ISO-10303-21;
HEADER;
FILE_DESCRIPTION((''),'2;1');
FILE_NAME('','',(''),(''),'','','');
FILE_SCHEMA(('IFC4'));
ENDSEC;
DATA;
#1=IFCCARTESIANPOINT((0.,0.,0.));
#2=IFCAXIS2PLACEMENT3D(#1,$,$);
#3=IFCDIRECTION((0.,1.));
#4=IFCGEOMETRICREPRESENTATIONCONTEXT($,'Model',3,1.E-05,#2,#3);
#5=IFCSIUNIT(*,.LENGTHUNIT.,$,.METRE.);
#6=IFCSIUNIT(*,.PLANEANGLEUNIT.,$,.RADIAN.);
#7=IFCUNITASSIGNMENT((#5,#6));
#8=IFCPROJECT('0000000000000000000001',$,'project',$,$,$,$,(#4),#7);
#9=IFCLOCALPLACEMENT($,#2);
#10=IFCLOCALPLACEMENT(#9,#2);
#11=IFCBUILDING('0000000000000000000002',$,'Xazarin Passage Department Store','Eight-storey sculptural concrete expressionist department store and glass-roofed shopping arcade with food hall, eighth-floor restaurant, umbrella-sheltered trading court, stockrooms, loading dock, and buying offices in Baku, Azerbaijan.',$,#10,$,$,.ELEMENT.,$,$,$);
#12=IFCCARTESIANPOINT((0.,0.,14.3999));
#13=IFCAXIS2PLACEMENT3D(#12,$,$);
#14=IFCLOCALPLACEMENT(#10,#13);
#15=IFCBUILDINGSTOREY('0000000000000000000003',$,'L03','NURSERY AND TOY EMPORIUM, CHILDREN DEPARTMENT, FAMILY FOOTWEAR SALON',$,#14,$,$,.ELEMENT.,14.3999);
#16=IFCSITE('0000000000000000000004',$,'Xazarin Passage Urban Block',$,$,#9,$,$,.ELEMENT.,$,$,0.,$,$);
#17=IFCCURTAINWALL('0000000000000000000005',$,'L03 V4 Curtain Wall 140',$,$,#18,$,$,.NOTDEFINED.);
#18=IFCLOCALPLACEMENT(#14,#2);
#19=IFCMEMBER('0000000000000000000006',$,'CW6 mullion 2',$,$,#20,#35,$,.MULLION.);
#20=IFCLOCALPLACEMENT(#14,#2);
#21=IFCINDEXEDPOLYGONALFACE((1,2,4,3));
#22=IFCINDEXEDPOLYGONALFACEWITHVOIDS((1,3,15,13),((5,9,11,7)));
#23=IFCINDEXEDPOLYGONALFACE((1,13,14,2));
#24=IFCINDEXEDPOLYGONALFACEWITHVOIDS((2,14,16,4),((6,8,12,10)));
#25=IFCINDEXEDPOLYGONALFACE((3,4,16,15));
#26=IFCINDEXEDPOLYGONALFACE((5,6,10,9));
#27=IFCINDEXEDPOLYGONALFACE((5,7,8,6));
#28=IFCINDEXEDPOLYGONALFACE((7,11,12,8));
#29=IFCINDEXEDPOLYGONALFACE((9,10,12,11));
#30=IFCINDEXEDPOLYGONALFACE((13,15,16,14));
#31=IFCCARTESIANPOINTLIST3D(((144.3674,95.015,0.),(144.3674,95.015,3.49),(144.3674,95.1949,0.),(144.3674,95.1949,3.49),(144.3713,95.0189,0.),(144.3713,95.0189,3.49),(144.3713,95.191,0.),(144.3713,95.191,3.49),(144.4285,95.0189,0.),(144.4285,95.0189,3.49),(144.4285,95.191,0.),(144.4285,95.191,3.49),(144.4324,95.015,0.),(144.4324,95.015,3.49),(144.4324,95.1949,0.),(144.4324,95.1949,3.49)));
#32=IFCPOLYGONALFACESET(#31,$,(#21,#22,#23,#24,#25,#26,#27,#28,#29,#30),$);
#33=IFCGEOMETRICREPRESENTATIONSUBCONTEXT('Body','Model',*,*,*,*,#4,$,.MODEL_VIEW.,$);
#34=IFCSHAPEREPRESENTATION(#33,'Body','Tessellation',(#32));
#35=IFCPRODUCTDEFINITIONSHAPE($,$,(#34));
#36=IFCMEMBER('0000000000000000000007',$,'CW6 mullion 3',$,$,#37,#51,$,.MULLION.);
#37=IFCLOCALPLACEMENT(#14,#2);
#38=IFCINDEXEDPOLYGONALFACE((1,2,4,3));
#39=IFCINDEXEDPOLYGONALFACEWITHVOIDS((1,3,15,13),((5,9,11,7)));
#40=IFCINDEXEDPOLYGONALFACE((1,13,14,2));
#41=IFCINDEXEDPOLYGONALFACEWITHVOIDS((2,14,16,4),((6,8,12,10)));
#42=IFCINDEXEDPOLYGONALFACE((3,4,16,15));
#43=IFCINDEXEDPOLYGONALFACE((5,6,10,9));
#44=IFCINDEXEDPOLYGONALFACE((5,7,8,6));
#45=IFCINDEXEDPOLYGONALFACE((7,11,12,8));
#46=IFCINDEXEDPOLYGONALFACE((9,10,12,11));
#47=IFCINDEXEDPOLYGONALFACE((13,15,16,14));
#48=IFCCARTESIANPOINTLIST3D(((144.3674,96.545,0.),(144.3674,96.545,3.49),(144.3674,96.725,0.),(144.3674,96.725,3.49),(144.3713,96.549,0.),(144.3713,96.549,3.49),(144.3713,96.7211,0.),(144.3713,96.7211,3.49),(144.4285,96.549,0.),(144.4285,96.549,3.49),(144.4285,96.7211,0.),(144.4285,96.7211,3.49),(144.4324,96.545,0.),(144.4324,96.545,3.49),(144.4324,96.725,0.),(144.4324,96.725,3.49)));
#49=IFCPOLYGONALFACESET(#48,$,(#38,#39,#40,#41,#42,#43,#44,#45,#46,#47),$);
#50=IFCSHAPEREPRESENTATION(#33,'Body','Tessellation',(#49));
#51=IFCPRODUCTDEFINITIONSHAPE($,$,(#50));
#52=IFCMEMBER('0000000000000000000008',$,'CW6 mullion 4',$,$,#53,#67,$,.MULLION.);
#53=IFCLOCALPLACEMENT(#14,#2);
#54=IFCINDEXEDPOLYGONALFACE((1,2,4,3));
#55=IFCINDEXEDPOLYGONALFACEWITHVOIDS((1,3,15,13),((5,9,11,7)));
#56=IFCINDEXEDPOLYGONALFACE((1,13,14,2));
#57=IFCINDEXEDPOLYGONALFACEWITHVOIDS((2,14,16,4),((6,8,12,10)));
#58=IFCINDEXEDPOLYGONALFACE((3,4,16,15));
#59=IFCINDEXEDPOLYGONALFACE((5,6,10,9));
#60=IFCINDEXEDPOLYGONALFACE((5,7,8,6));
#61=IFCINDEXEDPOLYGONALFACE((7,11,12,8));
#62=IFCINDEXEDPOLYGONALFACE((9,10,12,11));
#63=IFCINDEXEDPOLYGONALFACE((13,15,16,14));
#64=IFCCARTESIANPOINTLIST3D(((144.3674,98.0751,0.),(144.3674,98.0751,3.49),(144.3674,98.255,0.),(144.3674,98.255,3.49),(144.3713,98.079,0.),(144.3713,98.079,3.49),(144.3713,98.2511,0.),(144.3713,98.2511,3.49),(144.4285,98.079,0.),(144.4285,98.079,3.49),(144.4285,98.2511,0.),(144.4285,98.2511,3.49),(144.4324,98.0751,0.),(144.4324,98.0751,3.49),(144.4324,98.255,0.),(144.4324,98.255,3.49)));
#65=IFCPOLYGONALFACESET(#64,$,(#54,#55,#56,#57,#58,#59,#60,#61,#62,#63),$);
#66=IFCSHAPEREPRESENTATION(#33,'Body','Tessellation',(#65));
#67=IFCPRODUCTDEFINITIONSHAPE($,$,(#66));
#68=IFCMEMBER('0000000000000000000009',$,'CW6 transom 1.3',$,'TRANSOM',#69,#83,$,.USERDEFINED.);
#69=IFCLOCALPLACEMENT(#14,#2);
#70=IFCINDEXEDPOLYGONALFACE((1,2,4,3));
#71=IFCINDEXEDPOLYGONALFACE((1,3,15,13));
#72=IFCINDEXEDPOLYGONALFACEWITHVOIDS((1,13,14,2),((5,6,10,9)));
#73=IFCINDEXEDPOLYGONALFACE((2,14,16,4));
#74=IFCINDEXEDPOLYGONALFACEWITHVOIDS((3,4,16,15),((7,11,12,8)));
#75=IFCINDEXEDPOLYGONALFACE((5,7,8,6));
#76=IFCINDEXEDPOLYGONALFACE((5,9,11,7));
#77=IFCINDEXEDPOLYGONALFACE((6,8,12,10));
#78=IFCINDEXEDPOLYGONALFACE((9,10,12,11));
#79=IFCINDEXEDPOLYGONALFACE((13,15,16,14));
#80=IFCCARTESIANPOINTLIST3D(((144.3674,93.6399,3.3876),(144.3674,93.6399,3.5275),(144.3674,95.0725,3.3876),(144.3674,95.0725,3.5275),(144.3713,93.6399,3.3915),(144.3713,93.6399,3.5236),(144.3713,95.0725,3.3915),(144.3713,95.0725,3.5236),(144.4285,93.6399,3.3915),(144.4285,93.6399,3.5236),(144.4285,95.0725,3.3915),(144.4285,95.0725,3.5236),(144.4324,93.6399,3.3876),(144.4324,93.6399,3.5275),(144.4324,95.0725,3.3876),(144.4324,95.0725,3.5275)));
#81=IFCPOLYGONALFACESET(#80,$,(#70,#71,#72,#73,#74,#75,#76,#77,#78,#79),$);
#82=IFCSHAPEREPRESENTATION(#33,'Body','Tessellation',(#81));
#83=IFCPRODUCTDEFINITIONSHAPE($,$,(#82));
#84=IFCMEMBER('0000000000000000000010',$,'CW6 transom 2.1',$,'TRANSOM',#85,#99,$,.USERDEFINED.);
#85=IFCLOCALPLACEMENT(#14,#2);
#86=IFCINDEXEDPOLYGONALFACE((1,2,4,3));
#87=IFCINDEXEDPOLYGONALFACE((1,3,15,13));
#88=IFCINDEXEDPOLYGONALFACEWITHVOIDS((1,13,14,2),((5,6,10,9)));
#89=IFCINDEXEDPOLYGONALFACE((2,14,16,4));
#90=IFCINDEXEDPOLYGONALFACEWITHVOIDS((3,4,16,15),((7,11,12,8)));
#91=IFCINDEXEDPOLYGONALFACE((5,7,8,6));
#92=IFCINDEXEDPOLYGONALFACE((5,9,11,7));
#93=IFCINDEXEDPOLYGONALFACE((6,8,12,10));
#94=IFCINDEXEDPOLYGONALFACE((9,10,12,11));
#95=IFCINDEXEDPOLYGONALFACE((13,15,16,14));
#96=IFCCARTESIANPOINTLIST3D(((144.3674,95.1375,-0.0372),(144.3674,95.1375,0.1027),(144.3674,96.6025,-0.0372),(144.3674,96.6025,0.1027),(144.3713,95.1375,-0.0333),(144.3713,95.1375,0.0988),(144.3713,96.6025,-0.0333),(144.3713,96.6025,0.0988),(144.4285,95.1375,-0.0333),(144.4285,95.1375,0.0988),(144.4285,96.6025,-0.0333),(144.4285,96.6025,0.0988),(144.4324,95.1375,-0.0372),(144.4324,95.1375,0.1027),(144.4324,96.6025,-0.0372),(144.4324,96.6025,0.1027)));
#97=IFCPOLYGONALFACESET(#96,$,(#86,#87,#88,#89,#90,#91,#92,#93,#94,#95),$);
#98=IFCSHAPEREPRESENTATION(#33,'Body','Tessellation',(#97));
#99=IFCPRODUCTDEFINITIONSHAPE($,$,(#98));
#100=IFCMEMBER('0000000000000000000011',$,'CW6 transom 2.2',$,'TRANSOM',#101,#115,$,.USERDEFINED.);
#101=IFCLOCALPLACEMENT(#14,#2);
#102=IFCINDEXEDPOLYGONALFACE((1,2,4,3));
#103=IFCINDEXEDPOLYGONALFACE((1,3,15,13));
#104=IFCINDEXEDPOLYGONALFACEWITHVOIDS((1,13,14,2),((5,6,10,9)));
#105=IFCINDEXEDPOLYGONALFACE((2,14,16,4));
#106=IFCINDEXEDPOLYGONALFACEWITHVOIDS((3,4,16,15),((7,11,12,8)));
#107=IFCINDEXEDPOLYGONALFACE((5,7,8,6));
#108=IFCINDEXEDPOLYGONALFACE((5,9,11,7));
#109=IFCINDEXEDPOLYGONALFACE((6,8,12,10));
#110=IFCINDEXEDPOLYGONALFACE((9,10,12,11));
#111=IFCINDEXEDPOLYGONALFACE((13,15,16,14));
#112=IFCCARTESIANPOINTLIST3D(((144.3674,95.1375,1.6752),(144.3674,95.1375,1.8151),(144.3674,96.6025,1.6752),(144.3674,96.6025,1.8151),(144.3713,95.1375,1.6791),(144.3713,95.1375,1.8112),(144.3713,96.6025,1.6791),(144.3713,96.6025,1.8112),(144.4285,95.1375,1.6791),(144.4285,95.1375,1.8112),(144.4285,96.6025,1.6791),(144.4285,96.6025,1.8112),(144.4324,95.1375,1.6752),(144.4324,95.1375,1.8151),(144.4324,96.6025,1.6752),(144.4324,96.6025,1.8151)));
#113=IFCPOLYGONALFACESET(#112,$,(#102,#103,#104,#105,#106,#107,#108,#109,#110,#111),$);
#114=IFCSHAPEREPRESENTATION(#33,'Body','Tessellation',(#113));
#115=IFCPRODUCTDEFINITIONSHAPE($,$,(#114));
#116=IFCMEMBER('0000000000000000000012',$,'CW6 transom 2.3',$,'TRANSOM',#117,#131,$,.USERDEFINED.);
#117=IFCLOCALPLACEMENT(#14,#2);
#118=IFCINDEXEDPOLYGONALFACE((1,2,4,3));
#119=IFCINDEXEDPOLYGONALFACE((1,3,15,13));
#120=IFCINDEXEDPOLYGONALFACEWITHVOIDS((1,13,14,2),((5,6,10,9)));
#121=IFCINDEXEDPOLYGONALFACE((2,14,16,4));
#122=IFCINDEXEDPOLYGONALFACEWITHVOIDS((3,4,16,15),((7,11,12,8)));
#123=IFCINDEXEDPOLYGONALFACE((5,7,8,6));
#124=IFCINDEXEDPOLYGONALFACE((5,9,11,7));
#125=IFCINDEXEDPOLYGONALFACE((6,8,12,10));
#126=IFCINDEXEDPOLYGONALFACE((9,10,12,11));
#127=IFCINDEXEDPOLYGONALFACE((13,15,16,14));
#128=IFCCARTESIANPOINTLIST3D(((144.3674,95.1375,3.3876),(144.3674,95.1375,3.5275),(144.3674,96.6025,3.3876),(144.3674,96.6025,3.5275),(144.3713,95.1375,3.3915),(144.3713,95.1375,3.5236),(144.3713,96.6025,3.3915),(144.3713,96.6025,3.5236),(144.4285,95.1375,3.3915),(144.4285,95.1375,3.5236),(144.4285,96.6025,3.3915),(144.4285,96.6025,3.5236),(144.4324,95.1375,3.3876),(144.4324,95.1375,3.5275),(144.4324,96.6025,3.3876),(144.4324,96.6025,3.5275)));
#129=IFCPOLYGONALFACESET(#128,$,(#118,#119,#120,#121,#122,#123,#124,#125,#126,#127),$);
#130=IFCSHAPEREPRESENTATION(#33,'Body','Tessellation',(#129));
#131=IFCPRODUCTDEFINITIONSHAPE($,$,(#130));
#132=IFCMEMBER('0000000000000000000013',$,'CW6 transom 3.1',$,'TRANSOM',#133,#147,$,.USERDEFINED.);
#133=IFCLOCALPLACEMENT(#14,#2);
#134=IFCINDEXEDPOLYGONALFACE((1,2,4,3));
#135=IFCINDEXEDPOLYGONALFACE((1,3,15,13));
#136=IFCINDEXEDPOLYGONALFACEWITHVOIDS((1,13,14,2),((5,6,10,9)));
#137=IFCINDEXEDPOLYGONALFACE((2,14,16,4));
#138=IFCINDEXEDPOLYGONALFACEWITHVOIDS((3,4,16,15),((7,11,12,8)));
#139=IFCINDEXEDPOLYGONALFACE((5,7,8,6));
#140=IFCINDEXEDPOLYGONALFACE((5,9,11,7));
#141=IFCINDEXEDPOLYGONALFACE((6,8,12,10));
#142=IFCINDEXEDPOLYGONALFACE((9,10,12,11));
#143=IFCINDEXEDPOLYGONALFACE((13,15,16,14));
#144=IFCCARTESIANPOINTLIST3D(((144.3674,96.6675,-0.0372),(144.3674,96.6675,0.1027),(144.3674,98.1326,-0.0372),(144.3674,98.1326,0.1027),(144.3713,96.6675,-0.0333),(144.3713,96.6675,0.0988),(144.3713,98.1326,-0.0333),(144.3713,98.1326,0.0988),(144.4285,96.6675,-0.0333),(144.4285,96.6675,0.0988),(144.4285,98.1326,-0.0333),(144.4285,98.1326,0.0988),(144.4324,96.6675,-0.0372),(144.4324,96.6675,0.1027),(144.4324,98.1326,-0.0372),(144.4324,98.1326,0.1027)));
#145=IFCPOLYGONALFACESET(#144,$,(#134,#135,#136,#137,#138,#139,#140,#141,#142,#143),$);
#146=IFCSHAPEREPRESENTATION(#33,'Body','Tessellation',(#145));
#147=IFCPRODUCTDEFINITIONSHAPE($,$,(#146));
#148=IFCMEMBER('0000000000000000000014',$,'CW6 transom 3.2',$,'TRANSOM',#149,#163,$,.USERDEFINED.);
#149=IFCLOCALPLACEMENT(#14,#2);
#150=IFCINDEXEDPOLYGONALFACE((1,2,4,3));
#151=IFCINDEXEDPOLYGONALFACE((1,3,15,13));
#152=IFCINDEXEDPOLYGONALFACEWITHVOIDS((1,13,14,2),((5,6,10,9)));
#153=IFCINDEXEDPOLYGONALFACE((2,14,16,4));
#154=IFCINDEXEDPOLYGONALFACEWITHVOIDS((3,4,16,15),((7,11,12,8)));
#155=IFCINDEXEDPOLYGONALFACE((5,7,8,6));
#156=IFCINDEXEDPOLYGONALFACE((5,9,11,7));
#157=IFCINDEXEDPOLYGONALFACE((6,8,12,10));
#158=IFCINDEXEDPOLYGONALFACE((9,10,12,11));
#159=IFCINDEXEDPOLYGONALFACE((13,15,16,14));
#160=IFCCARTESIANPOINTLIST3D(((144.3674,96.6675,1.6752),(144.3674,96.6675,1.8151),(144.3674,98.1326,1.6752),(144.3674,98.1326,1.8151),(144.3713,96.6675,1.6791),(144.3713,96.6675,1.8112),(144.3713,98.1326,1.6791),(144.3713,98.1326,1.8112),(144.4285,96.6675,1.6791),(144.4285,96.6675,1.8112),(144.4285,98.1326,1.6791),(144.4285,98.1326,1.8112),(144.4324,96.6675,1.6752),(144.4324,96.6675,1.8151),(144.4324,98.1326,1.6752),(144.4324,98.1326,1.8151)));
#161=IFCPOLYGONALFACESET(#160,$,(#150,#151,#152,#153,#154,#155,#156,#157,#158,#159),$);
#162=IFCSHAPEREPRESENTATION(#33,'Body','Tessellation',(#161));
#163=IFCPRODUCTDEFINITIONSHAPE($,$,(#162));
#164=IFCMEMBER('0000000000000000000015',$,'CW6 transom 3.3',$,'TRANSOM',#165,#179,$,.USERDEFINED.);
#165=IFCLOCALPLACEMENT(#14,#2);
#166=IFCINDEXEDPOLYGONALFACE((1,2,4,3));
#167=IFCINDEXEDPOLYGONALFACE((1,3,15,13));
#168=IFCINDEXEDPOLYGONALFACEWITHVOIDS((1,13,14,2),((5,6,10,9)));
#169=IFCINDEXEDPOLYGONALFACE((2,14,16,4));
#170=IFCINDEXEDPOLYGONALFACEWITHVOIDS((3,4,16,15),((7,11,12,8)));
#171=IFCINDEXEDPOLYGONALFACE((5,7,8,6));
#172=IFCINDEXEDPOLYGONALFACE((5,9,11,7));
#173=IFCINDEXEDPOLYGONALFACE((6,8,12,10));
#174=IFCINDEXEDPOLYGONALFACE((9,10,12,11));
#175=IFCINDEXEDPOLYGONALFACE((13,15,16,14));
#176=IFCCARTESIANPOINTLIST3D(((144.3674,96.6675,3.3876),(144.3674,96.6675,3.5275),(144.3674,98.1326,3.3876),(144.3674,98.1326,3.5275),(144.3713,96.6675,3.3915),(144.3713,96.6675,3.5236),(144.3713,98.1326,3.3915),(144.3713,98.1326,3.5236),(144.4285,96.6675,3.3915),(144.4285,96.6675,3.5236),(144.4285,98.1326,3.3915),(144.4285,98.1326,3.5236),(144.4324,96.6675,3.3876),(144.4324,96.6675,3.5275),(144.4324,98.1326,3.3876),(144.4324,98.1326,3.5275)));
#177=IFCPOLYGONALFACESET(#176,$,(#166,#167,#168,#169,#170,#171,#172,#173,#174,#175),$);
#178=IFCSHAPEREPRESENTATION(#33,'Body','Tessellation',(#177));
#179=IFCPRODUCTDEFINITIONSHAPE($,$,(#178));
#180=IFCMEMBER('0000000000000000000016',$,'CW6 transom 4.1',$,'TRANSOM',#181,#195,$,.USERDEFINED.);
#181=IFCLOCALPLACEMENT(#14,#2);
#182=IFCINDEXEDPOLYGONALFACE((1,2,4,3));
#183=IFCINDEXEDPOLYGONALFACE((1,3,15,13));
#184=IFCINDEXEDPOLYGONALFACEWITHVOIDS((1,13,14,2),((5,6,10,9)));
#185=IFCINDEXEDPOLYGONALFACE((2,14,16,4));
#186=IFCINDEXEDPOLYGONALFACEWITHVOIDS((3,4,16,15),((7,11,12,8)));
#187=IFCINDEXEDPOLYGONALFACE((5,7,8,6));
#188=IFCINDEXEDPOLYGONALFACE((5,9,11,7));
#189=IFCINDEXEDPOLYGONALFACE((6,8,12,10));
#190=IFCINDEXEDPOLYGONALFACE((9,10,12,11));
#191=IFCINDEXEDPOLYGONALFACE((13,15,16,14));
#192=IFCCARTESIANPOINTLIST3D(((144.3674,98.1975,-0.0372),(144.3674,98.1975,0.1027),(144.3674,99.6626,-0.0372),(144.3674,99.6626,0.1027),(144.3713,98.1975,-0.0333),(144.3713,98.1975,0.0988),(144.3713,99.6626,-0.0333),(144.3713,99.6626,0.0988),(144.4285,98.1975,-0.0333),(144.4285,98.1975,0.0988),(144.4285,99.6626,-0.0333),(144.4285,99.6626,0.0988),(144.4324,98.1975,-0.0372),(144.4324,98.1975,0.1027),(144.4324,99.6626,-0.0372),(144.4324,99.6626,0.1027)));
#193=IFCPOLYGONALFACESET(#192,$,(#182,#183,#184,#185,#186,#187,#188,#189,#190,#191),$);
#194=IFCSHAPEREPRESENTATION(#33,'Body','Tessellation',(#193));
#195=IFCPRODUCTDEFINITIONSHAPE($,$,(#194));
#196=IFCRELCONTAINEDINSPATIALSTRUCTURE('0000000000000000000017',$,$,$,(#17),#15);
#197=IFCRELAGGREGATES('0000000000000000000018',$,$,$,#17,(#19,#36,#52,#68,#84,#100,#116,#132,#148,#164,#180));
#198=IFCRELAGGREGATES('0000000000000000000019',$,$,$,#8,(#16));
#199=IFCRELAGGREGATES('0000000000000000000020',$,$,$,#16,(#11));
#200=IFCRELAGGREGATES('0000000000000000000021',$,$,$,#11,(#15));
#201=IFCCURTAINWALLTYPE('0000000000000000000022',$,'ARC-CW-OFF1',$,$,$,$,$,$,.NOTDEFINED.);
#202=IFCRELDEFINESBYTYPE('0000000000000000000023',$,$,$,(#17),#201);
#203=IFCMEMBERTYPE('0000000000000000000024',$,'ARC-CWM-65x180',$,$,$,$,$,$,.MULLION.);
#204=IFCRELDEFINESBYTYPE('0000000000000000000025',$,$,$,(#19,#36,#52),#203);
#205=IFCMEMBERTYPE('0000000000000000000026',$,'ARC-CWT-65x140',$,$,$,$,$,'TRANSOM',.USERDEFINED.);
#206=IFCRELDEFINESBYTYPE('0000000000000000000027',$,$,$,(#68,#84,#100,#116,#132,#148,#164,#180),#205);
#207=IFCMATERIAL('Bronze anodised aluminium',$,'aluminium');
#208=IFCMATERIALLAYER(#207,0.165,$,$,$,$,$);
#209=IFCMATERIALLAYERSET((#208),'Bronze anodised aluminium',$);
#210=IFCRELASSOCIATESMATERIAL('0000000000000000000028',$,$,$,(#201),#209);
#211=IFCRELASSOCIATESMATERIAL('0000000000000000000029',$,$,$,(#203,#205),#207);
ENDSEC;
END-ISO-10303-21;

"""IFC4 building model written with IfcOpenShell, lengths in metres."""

from ifc_helpers import new_model, si_unit, direction, frame, origin, origin_2d, place, context, subcontext, project, spatial, hollow_rectangle, extrude, material, layer, layer_set, material_profile, profile_set, type_object, element, aggregate, save


model = new_model("IFC4")

# Units and contexts
model_context = context("Model", 3, precision=1e-05, world=origin(), true_north=direction((0.0, 1.0)))
body_context = subcontext(model_context, "Body", "Model", "MODEL_VIEW")
ifc_project = project(units=[si_unit("LENGTHUNIT", "METRE"), si_unit("PLANEANGLEUNIT", "RADIAN")], contexts=[model_context])

# Site, building, storey
site_placement = place(None, origin())
site = spatial("IfcSite", under=ifc_project, at=site_placement, Name="Xazarin Passage Urban Block", CompositionType="ELEMENT", RefElevation=0.0)
building_placement = place(site_placement, origin())
building = spatial("IfcBuilding", under=site, at=building_placement, Name="Xazarin Passage Department Store", Description="Eight-storey sculptural concrete expressionist department store and glass-roofed shopping arcade with food hall, eighth-floor restaurant, umbrella-sheltered trading court, stockrooms, loading dock, and buying offices in Baku, Azerbaijan.", CompositionType="ELEMENT")
storey_placement = place(building_placement, frame((0.0, 0.0, 14.3999)))
storey = spatial("IfcBuildingStorey", under=building, at=storey_placement, Name="L03", Description="NURSERY AND TOY EMPORIUM, CHILDREN DEPARTMENT, FAMILY FOOTWEAR SALON", CompositionType="ELEMENT", Elevation=14.3999)

# Curtain wall, members
ifc_material_1 = material(Name="Bronze anodised aluminium", Category="aluminium")
ifc_layer_1 = layer(ifc_material_1, 0.165)
ifc_layer_set_1 = layer_set([ifc_layer_1], Name="Bronze anodised aluminium")
curtain_wall_type = type_object("IfcCurtainWallType", Name="ARC-CW-OFF1", PredefinedType="NOTDEFINED", material=ifc_layer_set_1)
curtain_wall_placement = place(storey_placement, origin())
curtain_wall = element("IfcCurtainWall", 1, at=curtain_wall_placement, inside=storey, type_object=curtain_wall_type, Name="L03 V4 Curtain Wall 140", PredefinedType="NOTDEFINED")
ifc_material_profile_1 = material_profile(ifc_material_1, hollow_rectangle(XDim=0.0649, YDim=0.1799, WallThickness=0.0039, at=origin_2d()), Name="ALU 65x180")
ifc_profile_set_1 = profile_set([ifc_material_profile_1], Name="Bronze anodised aluminium")
member_type_1 = type_object("IfcMemberType", Name="ARC-CWM-65x180", PredefinedType="MULLION", material=ifc_profile_set_1)
member_1_placement = place(storey_placement, frame((144.3999, 95.105, 0.0), z_axis=(0.0, 0.0, 1.0), x_axis=(-1.0, 0.0, 0.0)))
member_1 = element("IfcMember", 2, at=member_1_placement, type_object=member_type_1, Name="CW6 mullion 2", PredefinedType="MULLION", context=body_context, shape_type="SweptSolid", body=[
    extrude(hollow_rectangle(XDim=0.0649, YDim=0.1799, WallThickness=0.0039, at=origin_2d()), origin(), (0.0, 0.0, 1.0), 3.49),
])
member_2_placement = place(storey_placement, frame((144.3999, 96.635, 0.0), z_axis=(0.0, 0.0, 1.0), x_axis=(-1.0, 0.0, 0.0)))
member_2 = element("IfcMember", 3, at=member_2_placement, type_object=member_type_1, Name="CW6 mullion 3", PredefinedType="MULLION", context=body_context, shape_type="SweptSolid", body=[
    extrude(hollow_rectangle(XDim=0.0649, YDim=0.1799, WallThickness=0.0039, at=origin_2d()), origin(), (0.0, 0.0, 1.0), 3.49),
])
member_3_placement = place(storey_placement, frame((144.3999, 98.165, 0.0), z_axis=(0.0, 0.0, 1.0), x_axis=(-1.0, 0.0, 0.0)))
member_3 = element("IfcMember", 4, at=member_3_placement, type_object=member_type_1, Name="CW6 mullion 4", PredefinedType="MULLION", context=body_context, shape_type="SweptSolid", body=[
    extrude(hollow_rectangle(XDim=0.0649, YDim=0.1799, WallThickness=0.0039, at=origin_2d()), origin(), (0.0, 0.0, 1.0), 3.49),
])
ifc_material_profile_2 = material_profile(ifc_material_1, hollow_rectangle(XDim=0.0649, YDim=0.1399, WallThickness=0.0039, at=origin_2d()), Name="ALU 65x140")
ifc_profile_set_2 = profile_set([ifc_material_profile_2], Name="Bronze anodised aluminium")
member_type_2 = type_object("IfcMemberType", Name="ARC-CWT-65x140", ElementType="TRANSOM", PredefinedType="USERDEFINED", material=ifc_profile_set_2)
member_4_placement = place(storey_placement, frame((144.3999, 93.6399, 3.4575), z_axis=(0.0, 1.0, 0.0), x_axis=(-1.0, 0.0, 0.0)))
member_4 = element("IfcMember", 5, at=member_4_placement, type_object=member_type_2, Name="CW6 transom 1.3", ObjectType="TRANSOM", PredefinedType="USERDEFINED", context=body_context, shape_type="SweptSolid", body=[
    extrude(hollow_rectangle(XDim=0.0649, YDim=0.1399, WallThickness=0.0039, at=origin_2d()), origin(), (0.0, 0.0, 1.0), 1.4326),
])
member_5_placement = place(storey_placement, frame((144.3999, 95.1375, 0.0327), z_axis=(0.0, 1.0, 0.0), x_axis=(-1.0, 0.0, 0.0)))
member_5 = element("IfcMember", 6, at=member_5_placement, type_object=member_type_2, Name="CW6 transom 2.1", ObjectType="TRANSOM", PredefinedType="USERDEFINED", context=body_context, shape_type="SweptSolid", body=[
    extrude(hollow_rectangle(XDim=0.0649, YDim=0.1399, WallThickness=0.0039, at=origin_2d()), origin(), (0.0, 0.0, 1.0), 1.4651),
])
member_6_placement = place(storey_placement, frame((144.3999, 95.1375, 1.7451), z_axis=(0.0, 1.0, 0.0), x_axis=(-1.0, 0.0, 0.0)))
member_6 = element("IfcMember", 7, at=member_6_placement, type_object=member_type_2, Name="CW6 transom 2.2", ObjectType="TRANSOM", PredefinedType="USERDEFINED", context=body_context, shape_type="SweptSolid", body=[
    extrude(hollow_rectangle(XDim=0.0649, YDim=0.1399, WallThickness=0.0039, at=origin_2d()), origin(), (0.0, 0.0, 1.0), 1.4651),
])
member_7_placement = place(storey_placement, frame((144.3999, 95.1375, 3.4575), z_axis=(0.0, 1.0, 0.0), x_axis=(-1.0, 0.0, 0.0)))
member_7 = element("IfcMember", 8, at=member_7_placement, type_object=member_type_2, Name="CW6 transom 2.3", ObjectType="TRANSOM", PredefinedType="USERDEFINED", context=body_context, shape_type="SweptSolid", body=[
    extrude(hollow_rectangle(XDim=0.0649, YDim=0.1399, WallThickness=0.0039, at=origin_2d()), origin(), (0.0, 0.0, 1.0), 1.4651),
])
member_8_placement = place(storey_placement, frame((144.3999, 96.6675, 0.0327), z_axis=(0.0, 1.0, 0.0), x_axis=(-1.0, 0.0, 0.0)))
member_8 = element("IfcMember", 9, at=member_8_placement, type_object=member_type_2, Name="CW6 transom 3.1", ObjectType="TRANSOM", PredefinedType="USERDEFINED", context=body_context, shape_type="SweptSolid", body=[
    extrude(hollow_rectangle(XDim=0.0649, YDim=0.1399, WallThickness=0.0039, at=origin_2d()), origin(), (0.0, 0.0, 1.0), 1.4651),
])
member_9_placement = place(storey_placement, frame((144.3999, 96.6675, 1.7451), z_axis=(0.0, 1.0, 0.0), x_axis=(-1.0, 0.0, 0.0)))
member_9 = element("IfcMember", 10, at=member_9_placement, type_object=member_type_2, Name="CW6 transom 3.2", ObjectType="TRANSOM", PredefinedType="USERDEFINED", context=body_context, shape_type="SweptSolid", body=[
    extrude(hollow_rectangle(XDim=0.0649, YDim=0.1399, WallThickness=0.0039, at=origin_2d()), origin(), (0.0, 0.0, 1.0), 1.4651),
])
member_10_placement = place(storey_placement, frame((144.3999, 96.6675, 3.4575), z_axis=(0.0, 1.0, 0.0), x_axis=(-1.0, 0.0, 0.0)))
member_10 = element("IfcMember", 11, at=member_10_placement, type_object=member_type_2, Name="CW6 transom 3.3", ObjectType="TRANSOM", PredefinedType="USERDEFINED", context=body_context, shape_type="SweptSolid", body=[
    extrude(hollow_rectangle(XDim=0.0649, YDim=0.1399, WallThickness=0.0039, at=origin_2d()), origin(), (0.0, 0.0, 1.0), 1.4651),
])
member_11_placement = place(storey_placement, frame((144.3999, 98.1975, 0.0327), z_axis=(0.0, 1.0, 0.0), x_axis=(-1.0, 0.0, 0.0)))
member_11 = element("IfcMember", 12, at=member_11_placement, type_object=member_type_2, Name="CW6 transom 4.1", ObjectType="TRANSOM", PredefinedType="USERDEFINED", context=body_context, shape_type="SweptSolid", body=[
    extrude(hollow_rectangle(XDim=0.0649, YDim=0.1399, WallThickness=0.0039, at=origin_2d()), origin(), (0.0, 0.0, 1.0), 1.4651),
])

aggregate(curtain_wall, [member_1, member_2, member_3, member_4, member_5, member_6, member_7, member_8, member_9, member_10, member_11])

save(model, "model.ifc")
